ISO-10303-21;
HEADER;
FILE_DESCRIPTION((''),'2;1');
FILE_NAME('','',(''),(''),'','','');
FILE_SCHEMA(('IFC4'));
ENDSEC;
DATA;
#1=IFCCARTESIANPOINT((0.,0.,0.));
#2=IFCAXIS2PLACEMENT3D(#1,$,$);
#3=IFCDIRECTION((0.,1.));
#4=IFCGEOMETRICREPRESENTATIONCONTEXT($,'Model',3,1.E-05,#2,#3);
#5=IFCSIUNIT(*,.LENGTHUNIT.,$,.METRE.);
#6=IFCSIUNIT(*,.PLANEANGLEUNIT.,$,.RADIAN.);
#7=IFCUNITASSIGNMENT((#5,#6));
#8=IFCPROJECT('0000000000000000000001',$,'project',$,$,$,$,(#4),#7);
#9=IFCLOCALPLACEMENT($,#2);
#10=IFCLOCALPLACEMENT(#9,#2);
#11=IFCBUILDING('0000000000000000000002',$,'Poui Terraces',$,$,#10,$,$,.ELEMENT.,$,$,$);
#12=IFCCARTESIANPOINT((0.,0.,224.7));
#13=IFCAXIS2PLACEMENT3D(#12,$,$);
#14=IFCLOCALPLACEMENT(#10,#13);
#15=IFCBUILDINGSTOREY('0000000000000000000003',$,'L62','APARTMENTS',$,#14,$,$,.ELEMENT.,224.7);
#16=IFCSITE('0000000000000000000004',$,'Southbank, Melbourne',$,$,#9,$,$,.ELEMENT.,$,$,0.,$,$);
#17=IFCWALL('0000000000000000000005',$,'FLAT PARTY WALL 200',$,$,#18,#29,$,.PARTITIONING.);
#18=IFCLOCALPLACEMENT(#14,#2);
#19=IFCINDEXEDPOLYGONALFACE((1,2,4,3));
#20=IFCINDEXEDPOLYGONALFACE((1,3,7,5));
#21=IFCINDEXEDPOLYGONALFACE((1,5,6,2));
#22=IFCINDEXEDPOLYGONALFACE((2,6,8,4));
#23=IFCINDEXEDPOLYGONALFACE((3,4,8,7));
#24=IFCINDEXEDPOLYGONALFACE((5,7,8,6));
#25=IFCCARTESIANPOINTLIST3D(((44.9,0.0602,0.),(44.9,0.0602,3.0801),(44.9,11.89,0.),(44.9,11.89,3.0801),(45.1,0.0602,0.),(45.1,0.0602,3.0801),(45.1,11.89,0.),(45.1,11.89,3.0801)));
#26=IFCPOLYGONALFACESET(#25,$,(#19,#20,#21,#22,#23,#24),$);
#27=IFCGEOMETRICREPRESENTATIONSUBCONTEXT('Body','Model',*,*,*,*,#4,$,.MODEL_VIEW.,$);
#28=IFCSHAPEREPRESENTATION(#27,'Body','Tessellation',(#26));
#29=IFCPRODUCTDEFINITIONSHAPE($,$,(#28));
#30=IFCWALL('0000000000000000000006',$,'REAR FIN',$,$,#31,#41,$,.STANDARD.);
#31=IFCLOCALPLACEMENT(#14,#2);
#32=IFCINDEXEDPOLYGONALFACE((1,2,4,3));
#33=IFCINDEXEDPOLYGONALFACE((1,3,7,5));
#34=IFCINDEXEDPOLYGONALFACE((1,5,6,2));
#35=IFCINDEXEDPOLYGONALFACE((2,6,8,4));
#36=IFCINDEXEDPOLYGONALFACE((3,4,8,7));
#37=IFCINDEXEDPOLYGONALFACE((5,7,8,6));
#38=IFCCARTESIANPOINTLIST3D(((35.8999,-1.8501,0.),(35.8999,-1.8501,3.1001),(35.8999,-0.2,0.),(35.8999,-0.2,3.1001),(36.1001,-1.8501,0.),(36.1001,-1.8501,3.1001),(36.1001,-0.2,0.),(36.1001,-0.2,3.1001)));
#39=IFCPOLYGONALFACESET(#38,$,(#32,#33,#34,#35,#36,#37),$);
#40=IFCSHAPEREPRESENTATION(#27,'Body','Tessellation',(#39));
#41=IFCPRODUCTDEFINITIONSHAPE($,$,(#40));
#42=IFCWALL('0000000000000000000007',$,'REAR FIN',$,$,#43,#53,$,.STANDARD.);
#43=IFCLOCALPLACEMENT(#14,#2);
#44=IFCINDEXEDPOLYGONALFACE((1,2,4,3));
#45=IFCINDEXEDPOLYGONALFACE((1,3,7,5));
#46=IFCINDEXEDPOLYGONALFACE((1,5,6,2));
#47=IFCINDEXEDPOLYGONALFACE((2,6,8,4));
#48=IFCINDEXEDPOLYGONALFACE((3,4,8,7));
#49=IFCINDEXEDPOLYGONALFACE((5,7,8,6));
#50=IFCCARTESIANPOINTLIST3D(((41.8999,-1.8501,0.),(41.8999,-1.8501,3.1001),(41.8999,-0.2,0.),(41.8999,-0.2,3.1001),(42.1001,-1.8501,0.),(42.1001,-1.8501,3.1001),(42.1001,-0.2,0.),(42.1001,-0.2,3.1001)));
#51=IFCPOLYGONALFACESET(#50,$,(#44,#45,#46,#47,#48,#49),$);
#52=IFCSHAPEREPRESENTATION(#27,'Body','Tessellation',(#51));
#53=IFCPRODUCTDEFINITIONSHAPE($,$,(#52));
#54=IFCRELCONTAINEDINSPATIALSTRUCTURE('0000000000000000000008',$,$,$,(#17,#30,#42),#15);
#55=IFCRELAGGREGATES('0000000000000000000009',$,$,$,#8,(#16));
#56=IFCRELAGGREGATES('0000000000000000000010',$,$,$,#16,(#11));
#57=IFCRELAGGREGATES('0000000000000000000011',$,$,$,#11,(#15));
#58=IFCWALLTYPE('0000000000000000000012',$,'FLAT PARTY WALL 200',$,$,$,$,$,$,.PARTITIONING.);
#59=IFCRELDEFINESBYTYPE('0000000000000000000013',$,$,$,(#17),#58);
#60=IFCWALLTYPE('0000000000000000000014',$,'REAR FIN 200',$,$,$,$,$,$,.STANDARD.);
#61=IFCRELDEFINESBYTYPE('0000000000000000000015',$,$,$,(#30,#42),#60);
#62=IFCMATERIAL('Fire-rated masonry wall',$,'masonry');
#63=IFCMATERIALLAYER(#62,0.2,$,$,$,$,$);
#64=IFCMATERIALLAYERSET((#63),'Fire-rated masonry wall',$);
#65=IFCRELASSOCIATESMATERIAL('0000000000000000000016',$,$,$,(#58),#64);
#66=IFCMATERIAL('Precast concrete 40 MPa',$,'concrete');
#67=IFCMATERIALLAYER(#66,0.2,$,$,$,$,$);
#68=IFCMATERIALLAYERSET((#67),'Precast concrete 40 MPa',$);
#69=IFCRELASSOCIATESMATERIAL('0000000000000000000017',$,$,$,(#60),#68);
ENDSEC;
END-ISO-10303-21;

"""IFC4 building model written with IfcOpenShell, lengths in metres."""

from ifc_helpers import new_model, si_unit, direction, frame, frame_2d, origin, place, context, subcontext, project, spatial, polyline, rectangle, outline, extrude, source, transform, mapped, material, layer, layer_set, type_object, element, save


model = new_model("IFC4")

# Units and contexts
model_context = context("Model", 3, precision=1e-05, world=origin(), true_north=direction((0.0, 1.0)))
body_context = subcontext(model_context, "Body", "Model", "MODEL_VIEW")
ifc_project = project(units=[si_unit("LENGTHUNIT", "METRE"), si_unit("PLANEANGLEUNIT", "RADIAN")], contexts=[model_context])

# Site, building, storey
site_placement = place(None, origin())
site = spatial("IfcSite", under=ifc_project, at=site_placement, Name="Southbank, Melbourne", CompositionType="ELEMENT", RefElevation=0.0)
building_placement = place(site_placement, origin())
building = spatial("IfcBuilding", under=site, at=building_placement, Name="Poui Terraces", CompositionType="ELEMENT")
storey_placement = place(building_placement, frame((0.0, 0.0, 224.7)))
storey = spatial("IfcBuildingStorey", under=building, at=storey_placement, Name="L62", Description="APARTMENTS", CompositionType="ELEMENT", Elevation=224.7)

# Shared definitions
ifc_material_1 = material(Name="Precast concrete 40 MPa", Category="concrete")

# Walls
ifc_material_2 = material(Name="Fire-rated masonry wall", Category="masonry")
ifc_layer_1 = layer(ifc_material_2, 0.2)
ifc_layer_set_1 = layer_set([ifc_layer_1], Name="Fire-rated masonry wall")
wall_type_1 = type_object("IfcWallType", Name="FLAT PARTY WALL 200", PredefinedType="PARTITIONING", material=ifc_layer_set_1)
wall_1_placement = place(storey_placement, frame((45.0, 0.0601, 0.0), z_axis=(0.0, 0.0, 1.0), x_axis=(0.0, 1.0, 0.0)))
element("IfcWall", 1, at=wall_1_placement, inside=storey, type_object=wall_type_1, Name="FLAT PARTY WALL 200", PredefinedType="PARTITIONING", context=body_context, shape_type="SweptSolid", body=[
    extrude(rectangle(XDim=11.8298, YDim=0.2, at=frame_2d((5.915, 0.0))), origin(), (0.0, 0.0, 1.0), 3.0801),
])
ifc_layer_2 = layer(ifc_material_1, 0.2)
ifc_layer_set_2 = layer_set([ifc_layer_2], Name="Precast concrete 40 MPa")
wall_type_2 = type_object("IfcWallType", Name="REAR FIN 200", PredefinedType="STANDARD", material=ifc_layer_set_2)
shared_shape_1 = source(origin(), body_context, "Body", "SweptSolid", [
    extrude(outline(polyline([(0.0, 0.0), (0.2002, 0.0), (0.2002, 1.6501), (0.0, 1.6501), (0.0, 0.0)])), origin(), (0.0, 0.0, 1.0), 3.1001),
])
for number, where, name in (
    (2, (35.8999, -1.8501, 0.0), "REAR FIN"),
    (3, (41.8999, -1.8501, 0.0), "REAR FIN"),
):
    element("IfcWall", number, at=place(storey_placement, frame(where)), inside=storey, type_object=wall_type_2, Name=name, PredefinedType="STANDARD", context=body_context, shape_type="MappedRepresentation", body=[
        mapped(shared_shape_1, transform((0.0, 0.0, 0.0))),
    ])

save(model, "model.ifc")
